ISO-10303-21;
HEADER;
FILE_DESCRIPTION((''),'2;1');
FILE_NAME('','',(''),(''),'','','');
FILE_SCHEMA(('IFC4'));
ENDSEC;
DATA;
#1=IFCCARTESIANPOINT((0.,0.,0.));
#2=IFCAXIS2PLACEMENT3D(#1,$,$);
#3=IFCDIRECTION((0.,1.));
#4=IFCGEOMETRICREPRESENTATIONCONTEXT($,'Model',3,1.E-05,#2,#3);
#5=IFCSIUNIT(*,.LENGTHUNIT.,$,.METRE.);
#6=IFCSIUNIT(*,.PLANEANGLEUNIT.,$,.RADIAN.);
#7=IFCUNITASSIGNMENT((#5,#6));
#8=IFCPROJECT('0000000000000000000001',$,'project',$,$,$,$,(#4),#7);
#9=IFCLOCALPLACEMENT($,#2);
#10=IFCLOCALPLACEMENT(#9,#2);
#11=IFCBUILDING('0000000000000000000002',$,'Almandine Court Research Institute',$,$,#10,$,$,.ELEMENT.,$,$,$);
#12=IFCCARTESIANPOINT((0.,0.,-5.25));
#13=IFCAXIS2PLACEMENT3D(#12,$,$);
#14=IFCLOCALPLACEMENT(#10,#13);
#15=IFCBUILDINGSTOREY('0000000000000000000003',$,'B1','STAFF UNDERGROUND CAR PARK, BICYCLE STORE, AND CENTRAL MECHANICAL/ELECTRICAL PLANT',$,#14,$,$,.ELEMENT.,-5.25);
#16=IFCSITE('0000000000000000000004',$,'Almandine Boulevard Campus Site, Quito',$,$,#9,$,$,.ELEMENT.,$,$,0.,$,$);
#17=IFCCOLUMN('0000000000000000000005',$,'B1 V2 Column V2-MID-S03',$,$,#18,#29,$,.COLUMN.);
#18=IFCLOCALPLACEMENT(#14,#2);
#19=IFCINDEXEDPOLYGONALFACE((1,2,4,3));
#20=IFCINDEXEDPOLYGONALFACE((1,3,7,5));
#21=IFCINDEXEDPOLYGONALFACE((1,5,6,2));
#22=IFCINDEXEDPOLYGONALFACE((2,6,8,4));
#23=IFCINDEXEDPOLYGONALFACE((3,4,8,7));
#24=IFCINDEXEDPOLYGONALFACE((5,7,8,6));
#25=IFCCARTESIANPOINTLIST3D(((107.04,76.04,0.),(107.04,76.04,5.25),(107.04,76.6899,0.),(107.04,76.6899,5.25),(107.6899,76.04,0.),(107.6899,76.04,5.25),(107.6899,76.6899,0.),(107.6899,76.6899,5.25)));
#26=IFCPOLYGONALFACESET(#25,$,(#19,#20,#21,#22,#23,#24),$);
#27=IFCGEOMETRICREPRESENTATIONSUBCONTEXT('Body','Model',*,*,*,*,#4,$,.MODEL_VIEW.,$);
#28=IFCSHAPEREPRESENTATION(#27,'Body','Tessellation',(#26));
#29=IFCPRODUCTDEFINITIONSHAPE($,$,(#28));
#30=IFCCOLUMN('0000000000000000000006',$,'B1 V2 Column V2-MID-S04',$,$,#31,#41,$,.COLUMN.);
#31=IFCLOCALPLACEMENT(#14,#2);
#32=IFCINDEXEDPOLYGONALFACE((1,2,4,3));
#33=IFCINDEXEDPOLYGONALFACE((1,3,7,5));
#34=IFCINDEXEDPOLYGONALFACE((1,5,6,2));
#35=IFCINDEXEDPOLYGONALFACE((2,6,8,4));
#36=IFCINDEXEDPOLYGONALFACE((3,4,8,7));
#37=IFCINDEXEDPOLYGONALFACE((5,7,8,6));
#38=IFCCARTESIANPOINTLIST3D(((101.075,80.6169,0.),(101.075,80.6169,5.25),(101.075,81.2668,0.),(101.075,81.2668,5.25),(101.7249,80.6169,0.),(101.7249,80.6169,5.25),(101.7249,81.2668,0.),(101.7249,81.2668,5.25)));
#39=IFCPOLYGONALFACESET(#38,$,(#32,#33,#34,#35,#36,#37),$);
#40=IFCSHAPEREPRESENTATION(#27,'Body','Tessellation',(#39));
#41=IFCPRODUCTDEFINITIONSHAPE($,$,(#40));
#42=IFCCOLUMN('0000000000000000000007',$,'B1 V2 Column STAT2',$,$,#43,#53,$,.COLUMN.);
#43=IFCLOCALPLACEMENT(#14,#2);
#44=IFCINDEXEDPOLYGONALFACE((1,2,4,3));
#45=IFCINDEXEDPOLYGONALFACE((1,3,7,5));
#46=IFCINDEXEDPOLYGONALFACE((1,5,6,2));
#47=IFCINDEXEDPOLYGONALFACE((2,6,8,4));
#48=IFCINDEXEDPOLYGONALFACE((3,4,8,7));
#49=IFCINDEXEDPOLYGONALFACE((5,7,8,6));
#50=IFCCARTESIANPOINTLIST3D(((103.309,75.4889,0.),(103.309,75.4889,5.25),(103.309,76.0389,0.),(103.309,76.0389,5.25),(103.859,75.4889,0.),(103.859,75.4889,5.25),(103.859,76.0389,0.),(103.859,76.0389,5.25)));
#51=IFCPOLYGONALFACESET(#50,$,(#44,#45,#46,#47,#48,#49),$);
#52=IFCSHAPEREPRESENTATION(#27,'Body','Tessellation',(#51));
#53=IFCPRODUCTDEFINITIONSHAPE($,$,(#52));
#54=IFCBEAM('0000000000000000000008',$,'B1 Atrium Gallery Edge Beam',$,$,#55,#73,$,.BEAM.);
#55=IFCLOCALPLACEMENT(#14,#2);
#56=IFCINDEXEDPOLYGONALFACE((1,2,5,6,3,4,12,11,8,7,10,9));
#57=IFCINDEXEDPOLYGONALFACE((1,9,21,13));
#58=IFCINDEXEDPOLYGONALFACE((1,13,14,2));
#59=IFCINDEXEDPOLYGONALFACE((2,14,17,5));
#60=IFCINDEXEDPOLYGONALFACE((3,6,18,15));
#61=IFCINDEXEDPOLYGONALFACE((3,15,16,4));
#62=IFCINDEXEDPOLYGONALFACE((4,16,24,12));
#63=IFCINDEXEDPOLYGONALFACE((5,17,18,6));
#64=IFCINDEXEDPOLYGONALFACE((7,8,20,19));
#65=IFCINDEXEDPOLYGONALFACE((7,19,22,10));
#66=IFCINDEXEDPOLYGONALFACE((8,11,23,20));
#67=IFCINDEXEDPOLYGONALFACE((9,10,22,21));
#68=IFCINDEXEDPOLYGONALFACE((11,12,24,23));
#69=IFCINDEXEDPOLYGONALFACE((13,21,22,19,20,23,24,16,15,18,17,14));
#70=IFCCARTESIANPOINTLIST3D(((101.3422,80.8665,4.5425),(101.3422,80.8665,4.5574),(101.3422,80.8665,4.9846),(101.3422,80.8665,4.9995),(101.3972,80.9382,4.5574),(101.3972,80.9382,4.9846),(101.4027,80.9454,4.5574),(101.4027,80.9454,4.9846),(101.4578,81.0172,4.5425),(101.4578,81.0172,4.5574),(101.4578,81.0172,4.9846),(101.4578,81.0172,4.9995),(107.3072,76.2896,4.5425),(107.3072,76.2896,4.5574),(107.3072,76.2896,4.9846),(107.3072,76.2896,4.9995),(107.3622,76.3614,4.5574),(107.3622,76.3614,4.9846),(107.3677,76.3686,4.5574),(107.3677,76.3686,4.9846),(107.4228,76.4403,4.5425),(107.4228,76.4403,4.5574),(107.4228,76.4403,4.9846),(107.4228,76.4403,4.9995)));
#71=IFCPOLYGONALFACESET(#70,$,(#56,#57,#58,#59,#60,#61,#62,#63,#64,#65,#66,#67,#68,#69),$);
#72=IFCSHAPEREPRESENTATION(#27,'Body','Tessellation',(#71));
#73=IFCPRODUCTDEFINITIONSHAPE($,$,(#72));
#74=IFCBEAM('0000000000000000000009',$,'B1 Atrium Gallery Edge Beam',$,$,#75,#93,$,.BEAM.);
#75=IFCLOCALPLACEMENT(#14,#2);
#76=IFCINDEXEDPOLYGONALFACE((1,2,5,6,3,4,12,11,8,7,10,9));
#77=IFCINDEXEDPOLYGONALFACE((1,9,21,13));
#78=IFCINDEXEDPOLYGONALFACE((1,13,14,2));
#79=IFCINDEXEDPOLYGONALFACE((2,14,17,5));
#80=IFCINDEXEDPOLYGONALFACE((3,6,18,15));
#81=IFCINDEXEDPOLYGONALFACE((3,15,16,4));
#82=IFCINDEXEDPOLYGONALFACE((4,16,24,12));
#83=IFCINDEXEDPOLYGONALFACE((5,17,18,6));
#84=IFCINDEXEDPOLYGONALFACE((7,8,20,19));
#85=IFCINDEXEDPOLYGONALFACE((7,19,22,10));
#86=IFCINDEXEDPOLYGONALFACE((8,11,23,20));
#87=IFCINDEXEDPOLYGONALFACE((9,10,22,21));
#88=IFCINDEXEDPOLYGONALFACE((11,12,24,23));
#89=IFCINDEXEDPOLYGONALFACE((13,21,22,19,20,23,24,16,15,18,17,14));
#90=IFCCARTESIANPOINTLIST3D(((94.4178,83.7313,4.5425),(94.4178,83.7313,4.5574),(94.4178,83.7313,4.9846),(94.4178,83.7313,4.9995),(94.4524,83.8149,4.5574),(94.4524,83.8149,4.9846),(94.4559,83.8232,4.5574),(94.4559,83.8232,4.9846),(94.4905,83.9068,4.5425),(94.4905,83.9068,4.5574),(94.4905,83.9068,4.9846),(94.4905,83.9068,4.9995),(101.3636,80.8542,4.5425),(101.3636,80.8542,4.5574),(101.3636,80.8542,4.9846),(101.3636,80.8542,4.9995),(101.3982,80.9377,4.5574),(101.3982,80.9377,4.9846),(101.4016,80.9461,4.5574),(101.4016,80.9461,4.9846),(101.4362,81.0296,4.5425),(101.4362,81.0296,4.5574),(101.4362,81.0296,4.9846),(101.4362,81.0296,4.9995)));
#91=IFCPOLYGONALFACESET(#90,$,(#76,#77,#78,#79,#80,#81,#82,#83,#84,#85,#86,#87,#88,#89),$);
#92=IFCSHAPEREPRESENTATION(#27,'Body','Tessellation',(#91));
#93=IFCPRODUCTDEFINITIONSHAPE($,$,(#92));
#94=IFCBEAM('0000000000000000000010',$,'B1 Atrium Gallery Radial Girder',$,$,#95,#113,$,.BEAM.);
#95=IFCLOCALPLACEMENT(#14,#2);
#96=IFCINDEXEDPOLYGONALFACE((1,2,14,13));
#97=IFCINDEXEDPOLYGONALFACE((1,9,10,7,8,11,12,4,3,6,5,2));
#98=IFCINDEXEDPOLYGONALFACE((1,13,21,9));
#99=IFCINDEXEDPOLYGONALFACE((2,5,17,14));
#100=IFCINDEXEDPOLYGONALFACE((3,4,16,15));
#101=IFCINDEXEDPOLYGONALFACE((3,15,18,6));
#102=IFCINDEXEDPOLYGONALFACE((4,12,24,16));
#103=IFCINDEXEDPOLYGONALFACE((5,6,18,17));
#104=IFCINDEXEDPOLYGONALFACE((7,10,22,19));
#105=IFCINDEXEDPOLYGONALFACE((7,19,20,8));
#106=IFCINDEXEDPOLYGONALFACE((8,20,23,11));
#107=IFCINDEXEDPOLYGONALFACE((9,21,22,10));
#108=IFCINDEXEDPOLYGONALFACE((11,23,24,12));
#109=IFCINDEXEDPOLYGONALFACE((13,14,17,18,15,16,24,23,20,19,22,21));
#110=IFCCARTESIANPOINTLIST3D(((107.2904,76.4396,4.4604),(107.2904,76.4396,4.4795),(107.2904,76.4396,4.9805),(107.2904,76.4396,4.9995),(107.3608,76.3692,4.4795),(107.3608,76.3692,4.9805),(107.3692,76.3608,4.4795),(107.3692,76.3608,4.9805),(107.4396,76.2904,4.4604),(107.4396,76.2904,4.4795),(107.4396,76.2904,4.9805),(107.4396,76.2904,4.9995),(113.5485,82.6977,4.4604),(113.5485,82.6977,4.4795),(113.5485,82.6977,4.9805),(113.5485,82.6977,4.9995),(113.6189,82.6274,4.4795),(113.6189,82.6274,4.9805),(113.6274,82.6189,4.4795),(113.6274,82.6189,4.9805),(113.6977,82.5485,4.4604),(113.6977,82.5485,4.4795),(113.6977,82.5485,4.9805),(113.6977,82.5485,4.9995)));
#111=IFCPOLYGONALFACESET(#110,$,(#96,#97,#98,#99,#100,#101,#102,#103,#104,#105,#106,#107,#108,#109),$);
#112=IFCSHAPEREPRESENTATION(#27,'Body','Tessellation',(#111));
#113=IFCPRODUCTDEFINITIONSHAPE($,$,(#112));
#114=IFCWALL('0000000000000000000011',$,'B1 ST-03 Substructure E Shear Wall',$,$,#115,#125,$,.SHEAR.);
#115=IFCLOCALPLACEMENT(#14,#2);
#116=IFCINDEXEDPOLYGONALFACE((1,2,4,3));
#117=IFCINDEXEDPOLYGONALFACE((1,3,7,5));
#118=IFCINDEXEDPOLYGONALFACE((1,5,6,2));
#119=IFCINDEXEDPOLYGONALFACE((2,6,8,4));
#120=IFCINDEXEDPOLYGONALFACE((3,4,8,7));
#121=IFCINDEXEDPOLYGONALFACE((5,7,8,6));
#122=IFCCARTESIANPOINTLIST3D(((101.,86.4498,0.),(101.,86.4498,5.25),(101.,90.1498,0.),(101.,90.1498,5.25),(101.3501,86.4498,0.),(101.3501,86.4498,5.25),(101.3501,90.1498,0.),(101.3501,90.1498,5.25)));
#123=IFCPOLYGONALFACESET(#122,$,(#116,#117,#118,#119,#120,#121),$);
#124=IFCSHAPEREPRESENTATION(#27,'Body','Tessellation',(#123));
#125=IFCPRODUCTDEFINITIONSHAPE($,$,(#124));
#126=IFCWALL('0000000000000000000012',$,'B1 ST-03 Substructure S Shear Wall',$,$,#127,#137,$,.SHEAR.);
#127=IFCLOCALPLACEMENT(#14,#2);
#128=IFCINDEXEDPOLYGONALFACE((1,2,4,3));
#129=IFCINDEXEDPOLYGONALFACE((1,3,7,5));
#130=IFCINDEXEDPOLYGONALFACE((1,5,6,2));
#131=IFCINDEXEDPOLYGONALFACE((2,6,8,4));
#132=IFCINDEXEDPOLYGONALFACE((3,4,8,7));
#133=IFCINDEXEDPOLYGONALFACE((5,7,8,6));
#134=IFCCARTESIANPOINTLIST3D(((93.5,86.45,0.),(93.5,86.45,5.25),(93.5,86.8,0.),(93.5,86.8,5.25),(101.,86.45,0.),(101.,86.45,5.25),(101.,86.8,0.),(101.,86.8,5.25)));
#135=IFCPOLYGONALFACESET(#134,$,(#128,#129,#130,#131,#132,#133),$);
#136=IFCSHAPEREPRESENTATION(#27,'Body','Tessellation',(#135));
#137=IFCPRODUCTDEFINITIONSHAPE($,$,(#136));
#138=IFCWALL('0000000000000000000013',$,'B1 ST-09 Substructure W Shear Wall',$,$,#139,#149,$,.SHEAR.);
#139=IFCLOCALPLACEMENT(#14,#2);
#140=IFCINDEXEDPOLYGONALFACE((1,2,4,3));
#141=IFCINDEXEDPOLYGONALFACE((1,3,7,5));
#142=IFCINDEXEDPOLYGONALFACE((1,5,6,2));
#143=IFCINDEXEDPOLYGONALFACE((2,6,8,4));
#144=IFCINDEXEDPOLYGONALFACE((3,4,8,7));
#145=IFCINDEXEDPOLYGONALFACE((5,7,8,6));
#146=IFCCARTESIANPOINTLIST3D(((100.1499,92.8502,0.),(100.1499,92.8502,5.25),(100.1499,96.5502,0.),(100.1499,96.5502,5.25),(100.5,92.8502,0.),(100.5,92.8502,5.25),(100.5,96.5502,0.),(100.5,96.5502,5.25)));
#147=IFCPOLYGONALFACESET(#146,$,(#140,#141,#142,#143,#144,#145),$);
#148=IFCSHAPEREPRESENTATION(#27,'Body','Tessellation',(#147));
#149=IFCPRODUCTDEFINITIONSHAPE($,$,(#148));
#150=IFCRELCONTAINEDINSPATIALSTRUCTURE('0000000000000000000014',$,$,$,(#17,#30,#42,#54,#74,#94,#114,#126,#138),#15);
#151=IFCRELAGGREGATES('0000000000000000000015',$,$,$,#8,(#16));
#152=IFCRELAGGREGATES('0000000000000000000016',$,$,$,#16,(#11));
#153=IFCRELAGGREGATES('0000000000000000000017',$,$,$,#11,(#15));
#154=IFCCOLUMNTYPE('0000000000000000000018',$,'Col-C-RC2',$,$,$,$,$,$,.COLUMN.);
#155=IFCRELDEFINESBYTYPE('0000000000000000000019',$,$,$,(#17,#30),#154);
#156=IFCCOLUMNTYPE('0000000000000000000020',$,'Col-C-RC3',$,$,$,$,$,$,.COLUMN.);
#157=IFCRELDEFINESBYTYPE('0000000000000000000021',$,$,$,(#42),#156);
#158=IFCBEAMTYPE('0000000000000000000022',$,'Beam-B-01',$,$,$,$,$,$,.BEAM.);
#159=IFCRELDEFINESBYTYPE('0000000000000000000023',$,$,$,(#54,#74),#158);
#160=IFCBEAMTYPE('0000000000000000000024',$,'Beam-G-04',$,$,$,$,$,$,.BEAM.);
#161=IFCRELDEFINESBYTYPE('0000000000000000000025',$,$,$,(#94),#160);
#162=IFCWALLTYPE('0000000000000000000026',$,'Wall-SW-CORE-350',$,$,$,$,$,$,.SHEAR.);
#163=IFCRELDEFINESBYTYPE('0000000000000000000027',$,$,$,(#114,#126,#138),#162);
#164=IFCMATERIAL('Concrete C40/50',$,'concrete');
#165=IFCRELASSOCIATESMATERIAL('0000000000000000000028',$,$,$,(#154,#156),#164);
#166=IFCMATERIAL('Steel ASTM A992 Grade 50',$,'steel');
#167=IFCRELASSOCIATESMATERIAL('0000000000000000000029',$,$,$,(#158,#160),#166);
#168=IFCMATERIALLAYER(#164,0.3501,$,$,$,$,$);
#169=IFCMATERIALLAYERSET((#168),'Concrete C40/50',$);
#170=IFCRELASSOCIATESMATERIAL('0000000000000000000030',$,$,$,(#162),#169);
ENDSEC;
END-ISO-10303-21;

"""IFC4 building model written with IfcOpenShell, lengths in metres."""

from ifc_helpers import new_model, si_unit, direction, frame, frame_2d, origin, origin_2d, place, context, subcontext, project, spatial, rectangle, i_section, extrude, material, layer, layer_set, material_profile, profile_set, type_object, element, save


model = new_model("IFC4")

# Units and contexts
model_context = context("Model", 3, precision=1e-05, world=origin(), true_north=direction((0.0, 1.0)))
body_context = subcontext(model_context, "Body", "Model", "MODEL_VIEW")
ifc_project = project(units=[si_unit("LENGTHUNIT", "METRE"), si_unit("PLANEANGLEUNIT", "RADIAN")], contexts=[model_context])

# Site, building, storey
site_placement = place(None, origin())
site = spatial("IfcSite", under=ifc_project, at=site_placement, Name="Almandine Boulevard Campus Site, Quito", CompositionType="ELEMENT", RefElevation=0.0)
building_placement = place(site_placement, origin())
building = spatial("IfcBuilding", under=site, at=building_placement, Name="Almandine Court Research Institute", CompositionType="ELEMENT")
storey_placement = place(building_placement, frame((0.0, 0.0, -5.25)))
storey = spatial("IfcBuildingStorey", under=building, at=storey_placement, Name="B1", Description="STAFF UNDERGROUND CAR PARK, BICYCLE STORE, AND CENTRAL MECHANICAL/ELECTRICAL PLANT", CompositionType="ELEMENT", Elevation=-5.25)

# Columns
ifc_material_1 = material(Name="Concrete C40/50", Category="concrete")
ifc_material_profile_1 = material_profile(ifc_material_1, rectangle(XDim=0.6499, YDim=0.6499, at=origin_2d()), Name="RC 650x650")
ifc_profile_set_1 = profile_set([ifc_material_profile_1], Name="Concrete C40/50")
column_type_1 = type_object("IfcColumnType", Name="Col-C-RC2", PredefinedType="COLUMN", material=ifc_profile_set_1)
for number, where, z_axis, x_axis, name in (
    (1, (107.365, 76.365, 0.0), (0.0, 0.0, 1.0), (1.0, 0.0, 0.0), "B1 V2 Column V2-MID-S03"),
    (2, (101.3999, 80.9419, 0.0), (0.0, 0.0, 1.0), (1.0, 0.0, 0.0), "B1 V2 Column V2-MID-S04"),
):
    element("IfcColumn", number, at=place(storey_placement, frame(where, z_axis=z_axis, x_axis=x_axis)), inside=storey, type_object=column_type_1, Name=name, PredefinedType="COLUMN", context=body_context, shape_type="SweptSolid", body=[
        extrude(rectangle(XDim=0.6499, YDim=0.6499, at=origin_2d()), origin(), (0.0, 0.0, 1.0), 5.25),
    ])
ifc_material_profile_2 = material_profile(ifc_material_1, rectangle(XDim=0.55, YDim=0.55, at=origin_2d()), Name="RC 550x550")
ifc_profile_set_2 = profile_set([ifc_material_profile_2], Name="Concrete C40/50")
column_type_2 = type_object("IfcColumnType", Name="Col-C-RC3", PredefinedType="COLUMN", material=ifc_profile_set_2)
column_placement = place(storey_placement, frame((103.584, 75.7639, 0.0), z_axis=(0.0, 0.0, 1.0), x_axis=(1.0, 0.0, 0.0)))
element("IfcColumn", 3, at=column_placement, inside=storey, type_object=column_type_2, Name="B1 V2 Column STAT2", PredefinedType="COLUMN", context=body_context, shape_type="SweptSolid", body=[
    extrude(rectangle(XDim=0.55, YDim=0.55, at=origin_2d()), origin(), (0.0, 0.0, 1.0), 5.25),
])

# Beams
ifc_material_2 = material(Name="Steel ASTM A992 Grade 50", Category="steel")
ifc_material_profile_3 = material_profile(ifc_material_2, i_section(OverallWidth=0.1899, OverallDepth=0.457, WebThickness=0.009, FlangeThickness=0.0149, at=origin_2d()), Name="W460x74")
ifc_profile_set_3 = profile_set([ifc_material_profile_3], Name="Steel ASTM A992 Grade 50")
beam_type_1 = type_object("IfcBeamType", Name="Beam-B-01", PredefinedType="BEAM", material=ifc_profile_set_3)
beam_1_placement = place(storey_placement, frame((107.365, 76.365, 4.771), z_axis=(-0.793371, 0.608739, 0.0), x_axis=(-0.608739, -0.793371, 0.0)))
element("IfcBeam", 4, at=beam_1_placement, inside=storey, type_object=beam_type_1, Name="B1 Atrium Gallery Edge Beam", PredefinedType="BEAM", context=body_context, shape_type="SweptSolid", body=[
    extrude(i_section(OverallWidth=0.1899, OverallDepth=0.457, WebThickness=0.009, FlangeThickness=0.0149, at=origin_2d()), origin(), (0.0, 0.0, 1.0), 7.5186),
])
beam_2_placement = place(storey_placement, frame((101.3999, 80.9419, 4.771), z_axis=(-0.923872, 0.382701, 0.0), x_axis=(-0.382701, -0.923872, 0.0)))
element("IfcBeam", 5, at=beam_2_placement, inside=storey, type_object=beam_type_1, Name="B1 Atrium Gallery Edge Beam", PredefinedType="BEAM", context=body_context, shape_type="SweptSolid", body=[
    extrude(i_section(OverallWidth=0.1899, OverallDepth=0.457, WebThickness=0.009, FlangeThickness=0.0149, at=origin_2d()), origin(), (0.0, 0.0, 1.0), 7.5181),
])
ifc_material_profile_4 = material_profile(ifc_material_2, i_section(OverallWidth=0.2109, OverallDepth=0.5391, WebThickness=0.012, FlangeThickness=0.019, at=origin_2d()), Name="W530x109")
ifc_profile_set_4 = profile_set([ifc_material_profile_4], Name="Steel ASTM A992 Grade 50")
beam_type_2 = type_object("IfcBeamType", Name="Beam-G-04", PredefinedType="BEAM", material=ifc_profile_set_4)
beam_3_placement = place(storey_placement, frame((107.365, 76.365, 4.73), z_axis=(0.707107, 0.707107, 0.0), x_axis=(-0.707107, 0.707107, 0.0)))
element("IfcBeam", 6, at=beam_3_placement, inside=storey, type_object=beam_type_2, Name="B1 Atrium Gallery Radial Girder", PredefinedType="BEAM", context=body_context, shape_type="SweptSolid", body=[
    extrude(i_section(OverallWidth=0.2109, OverallDepth=0.5391, WebThickness=0.012, FlangeThickness=0.019, at=origin_2d()), origin(), (0.0, 0.0, 1.0), 8.8503),
])

# Walls
ifc_layer = layer(ifc_material_1, 0.3501)
ifc_layer_set = layer_set([ifc_layer], Name="Concrete C40/50")
wall_type = type_object("IfcWallType", Name="Wall-SW-CORE-350", PredefinedType="SHEAR", material=ifc_layer_set)
wall_1_placement = place(storey_placement, frame((101.175, 90.1499, 0.0), z_axis=(0.0, 0.0, 1.0), x_axis=(0.0, -1.0, 0.0)))
element("IfcWall", 7, at=wall_1_placement, inside=storey, type_object=wall_type, Name="B1 ST-03 Substructure E Shear Wall", PredefinedType="SHEAR", context=body_context, shape_type="SweptSolid", body=[
    extrude(rectangle(XDim=3.7, YDim=0.3501, at=frame_2d((1.8501, 0.0))), origin(), (0.0, 0.0, 1.0), 5.25),
])
wall_2_placement = place(storey_placement, frame((101.0, 86.625, 0.0), z_axis=(0.0, 0.0, 1.0), x_axis=(-1.0, 0.0, 0.0)))
element("IfcWall", 8, at=wall_2_placement, inside=storey, type_object=wall_type, Name="B1 ST-03 Substructure S Shear Wall", PredefinedType="SHEAR", context=body_context, shape_type="SweptSolid", body=[
    extrude(rectangle(XDim=7.5, YDim=0.3501, at=frame_2d((3.75, 0.0))), origin(), (0.0, 0.0, 1.0), 5.25),
])
wall_3_placement = place(storey_placement, frame((100.325, 92.8501, 0.0), z_axis=(0.0, 0.0, 1.0), x_axis=(0.0, 1.0, 0.0)))
element("IfcWall", 9, at=wall_3_placement, inside=storey, type_object=wall_type, Name="B1 ST-09 Substructure W Shear Wall", PredefinedType="SHEAR", context=body_context, shape_type="SweptSolid", body=[
    extrude(rectangle(XDim=3.7, YDim=0.3501, at=frame_2d((1.8501, 0.0))), origin(), (0.0, 0.0, 1.0), 5.25),
])

save(model, "model.ifc")
